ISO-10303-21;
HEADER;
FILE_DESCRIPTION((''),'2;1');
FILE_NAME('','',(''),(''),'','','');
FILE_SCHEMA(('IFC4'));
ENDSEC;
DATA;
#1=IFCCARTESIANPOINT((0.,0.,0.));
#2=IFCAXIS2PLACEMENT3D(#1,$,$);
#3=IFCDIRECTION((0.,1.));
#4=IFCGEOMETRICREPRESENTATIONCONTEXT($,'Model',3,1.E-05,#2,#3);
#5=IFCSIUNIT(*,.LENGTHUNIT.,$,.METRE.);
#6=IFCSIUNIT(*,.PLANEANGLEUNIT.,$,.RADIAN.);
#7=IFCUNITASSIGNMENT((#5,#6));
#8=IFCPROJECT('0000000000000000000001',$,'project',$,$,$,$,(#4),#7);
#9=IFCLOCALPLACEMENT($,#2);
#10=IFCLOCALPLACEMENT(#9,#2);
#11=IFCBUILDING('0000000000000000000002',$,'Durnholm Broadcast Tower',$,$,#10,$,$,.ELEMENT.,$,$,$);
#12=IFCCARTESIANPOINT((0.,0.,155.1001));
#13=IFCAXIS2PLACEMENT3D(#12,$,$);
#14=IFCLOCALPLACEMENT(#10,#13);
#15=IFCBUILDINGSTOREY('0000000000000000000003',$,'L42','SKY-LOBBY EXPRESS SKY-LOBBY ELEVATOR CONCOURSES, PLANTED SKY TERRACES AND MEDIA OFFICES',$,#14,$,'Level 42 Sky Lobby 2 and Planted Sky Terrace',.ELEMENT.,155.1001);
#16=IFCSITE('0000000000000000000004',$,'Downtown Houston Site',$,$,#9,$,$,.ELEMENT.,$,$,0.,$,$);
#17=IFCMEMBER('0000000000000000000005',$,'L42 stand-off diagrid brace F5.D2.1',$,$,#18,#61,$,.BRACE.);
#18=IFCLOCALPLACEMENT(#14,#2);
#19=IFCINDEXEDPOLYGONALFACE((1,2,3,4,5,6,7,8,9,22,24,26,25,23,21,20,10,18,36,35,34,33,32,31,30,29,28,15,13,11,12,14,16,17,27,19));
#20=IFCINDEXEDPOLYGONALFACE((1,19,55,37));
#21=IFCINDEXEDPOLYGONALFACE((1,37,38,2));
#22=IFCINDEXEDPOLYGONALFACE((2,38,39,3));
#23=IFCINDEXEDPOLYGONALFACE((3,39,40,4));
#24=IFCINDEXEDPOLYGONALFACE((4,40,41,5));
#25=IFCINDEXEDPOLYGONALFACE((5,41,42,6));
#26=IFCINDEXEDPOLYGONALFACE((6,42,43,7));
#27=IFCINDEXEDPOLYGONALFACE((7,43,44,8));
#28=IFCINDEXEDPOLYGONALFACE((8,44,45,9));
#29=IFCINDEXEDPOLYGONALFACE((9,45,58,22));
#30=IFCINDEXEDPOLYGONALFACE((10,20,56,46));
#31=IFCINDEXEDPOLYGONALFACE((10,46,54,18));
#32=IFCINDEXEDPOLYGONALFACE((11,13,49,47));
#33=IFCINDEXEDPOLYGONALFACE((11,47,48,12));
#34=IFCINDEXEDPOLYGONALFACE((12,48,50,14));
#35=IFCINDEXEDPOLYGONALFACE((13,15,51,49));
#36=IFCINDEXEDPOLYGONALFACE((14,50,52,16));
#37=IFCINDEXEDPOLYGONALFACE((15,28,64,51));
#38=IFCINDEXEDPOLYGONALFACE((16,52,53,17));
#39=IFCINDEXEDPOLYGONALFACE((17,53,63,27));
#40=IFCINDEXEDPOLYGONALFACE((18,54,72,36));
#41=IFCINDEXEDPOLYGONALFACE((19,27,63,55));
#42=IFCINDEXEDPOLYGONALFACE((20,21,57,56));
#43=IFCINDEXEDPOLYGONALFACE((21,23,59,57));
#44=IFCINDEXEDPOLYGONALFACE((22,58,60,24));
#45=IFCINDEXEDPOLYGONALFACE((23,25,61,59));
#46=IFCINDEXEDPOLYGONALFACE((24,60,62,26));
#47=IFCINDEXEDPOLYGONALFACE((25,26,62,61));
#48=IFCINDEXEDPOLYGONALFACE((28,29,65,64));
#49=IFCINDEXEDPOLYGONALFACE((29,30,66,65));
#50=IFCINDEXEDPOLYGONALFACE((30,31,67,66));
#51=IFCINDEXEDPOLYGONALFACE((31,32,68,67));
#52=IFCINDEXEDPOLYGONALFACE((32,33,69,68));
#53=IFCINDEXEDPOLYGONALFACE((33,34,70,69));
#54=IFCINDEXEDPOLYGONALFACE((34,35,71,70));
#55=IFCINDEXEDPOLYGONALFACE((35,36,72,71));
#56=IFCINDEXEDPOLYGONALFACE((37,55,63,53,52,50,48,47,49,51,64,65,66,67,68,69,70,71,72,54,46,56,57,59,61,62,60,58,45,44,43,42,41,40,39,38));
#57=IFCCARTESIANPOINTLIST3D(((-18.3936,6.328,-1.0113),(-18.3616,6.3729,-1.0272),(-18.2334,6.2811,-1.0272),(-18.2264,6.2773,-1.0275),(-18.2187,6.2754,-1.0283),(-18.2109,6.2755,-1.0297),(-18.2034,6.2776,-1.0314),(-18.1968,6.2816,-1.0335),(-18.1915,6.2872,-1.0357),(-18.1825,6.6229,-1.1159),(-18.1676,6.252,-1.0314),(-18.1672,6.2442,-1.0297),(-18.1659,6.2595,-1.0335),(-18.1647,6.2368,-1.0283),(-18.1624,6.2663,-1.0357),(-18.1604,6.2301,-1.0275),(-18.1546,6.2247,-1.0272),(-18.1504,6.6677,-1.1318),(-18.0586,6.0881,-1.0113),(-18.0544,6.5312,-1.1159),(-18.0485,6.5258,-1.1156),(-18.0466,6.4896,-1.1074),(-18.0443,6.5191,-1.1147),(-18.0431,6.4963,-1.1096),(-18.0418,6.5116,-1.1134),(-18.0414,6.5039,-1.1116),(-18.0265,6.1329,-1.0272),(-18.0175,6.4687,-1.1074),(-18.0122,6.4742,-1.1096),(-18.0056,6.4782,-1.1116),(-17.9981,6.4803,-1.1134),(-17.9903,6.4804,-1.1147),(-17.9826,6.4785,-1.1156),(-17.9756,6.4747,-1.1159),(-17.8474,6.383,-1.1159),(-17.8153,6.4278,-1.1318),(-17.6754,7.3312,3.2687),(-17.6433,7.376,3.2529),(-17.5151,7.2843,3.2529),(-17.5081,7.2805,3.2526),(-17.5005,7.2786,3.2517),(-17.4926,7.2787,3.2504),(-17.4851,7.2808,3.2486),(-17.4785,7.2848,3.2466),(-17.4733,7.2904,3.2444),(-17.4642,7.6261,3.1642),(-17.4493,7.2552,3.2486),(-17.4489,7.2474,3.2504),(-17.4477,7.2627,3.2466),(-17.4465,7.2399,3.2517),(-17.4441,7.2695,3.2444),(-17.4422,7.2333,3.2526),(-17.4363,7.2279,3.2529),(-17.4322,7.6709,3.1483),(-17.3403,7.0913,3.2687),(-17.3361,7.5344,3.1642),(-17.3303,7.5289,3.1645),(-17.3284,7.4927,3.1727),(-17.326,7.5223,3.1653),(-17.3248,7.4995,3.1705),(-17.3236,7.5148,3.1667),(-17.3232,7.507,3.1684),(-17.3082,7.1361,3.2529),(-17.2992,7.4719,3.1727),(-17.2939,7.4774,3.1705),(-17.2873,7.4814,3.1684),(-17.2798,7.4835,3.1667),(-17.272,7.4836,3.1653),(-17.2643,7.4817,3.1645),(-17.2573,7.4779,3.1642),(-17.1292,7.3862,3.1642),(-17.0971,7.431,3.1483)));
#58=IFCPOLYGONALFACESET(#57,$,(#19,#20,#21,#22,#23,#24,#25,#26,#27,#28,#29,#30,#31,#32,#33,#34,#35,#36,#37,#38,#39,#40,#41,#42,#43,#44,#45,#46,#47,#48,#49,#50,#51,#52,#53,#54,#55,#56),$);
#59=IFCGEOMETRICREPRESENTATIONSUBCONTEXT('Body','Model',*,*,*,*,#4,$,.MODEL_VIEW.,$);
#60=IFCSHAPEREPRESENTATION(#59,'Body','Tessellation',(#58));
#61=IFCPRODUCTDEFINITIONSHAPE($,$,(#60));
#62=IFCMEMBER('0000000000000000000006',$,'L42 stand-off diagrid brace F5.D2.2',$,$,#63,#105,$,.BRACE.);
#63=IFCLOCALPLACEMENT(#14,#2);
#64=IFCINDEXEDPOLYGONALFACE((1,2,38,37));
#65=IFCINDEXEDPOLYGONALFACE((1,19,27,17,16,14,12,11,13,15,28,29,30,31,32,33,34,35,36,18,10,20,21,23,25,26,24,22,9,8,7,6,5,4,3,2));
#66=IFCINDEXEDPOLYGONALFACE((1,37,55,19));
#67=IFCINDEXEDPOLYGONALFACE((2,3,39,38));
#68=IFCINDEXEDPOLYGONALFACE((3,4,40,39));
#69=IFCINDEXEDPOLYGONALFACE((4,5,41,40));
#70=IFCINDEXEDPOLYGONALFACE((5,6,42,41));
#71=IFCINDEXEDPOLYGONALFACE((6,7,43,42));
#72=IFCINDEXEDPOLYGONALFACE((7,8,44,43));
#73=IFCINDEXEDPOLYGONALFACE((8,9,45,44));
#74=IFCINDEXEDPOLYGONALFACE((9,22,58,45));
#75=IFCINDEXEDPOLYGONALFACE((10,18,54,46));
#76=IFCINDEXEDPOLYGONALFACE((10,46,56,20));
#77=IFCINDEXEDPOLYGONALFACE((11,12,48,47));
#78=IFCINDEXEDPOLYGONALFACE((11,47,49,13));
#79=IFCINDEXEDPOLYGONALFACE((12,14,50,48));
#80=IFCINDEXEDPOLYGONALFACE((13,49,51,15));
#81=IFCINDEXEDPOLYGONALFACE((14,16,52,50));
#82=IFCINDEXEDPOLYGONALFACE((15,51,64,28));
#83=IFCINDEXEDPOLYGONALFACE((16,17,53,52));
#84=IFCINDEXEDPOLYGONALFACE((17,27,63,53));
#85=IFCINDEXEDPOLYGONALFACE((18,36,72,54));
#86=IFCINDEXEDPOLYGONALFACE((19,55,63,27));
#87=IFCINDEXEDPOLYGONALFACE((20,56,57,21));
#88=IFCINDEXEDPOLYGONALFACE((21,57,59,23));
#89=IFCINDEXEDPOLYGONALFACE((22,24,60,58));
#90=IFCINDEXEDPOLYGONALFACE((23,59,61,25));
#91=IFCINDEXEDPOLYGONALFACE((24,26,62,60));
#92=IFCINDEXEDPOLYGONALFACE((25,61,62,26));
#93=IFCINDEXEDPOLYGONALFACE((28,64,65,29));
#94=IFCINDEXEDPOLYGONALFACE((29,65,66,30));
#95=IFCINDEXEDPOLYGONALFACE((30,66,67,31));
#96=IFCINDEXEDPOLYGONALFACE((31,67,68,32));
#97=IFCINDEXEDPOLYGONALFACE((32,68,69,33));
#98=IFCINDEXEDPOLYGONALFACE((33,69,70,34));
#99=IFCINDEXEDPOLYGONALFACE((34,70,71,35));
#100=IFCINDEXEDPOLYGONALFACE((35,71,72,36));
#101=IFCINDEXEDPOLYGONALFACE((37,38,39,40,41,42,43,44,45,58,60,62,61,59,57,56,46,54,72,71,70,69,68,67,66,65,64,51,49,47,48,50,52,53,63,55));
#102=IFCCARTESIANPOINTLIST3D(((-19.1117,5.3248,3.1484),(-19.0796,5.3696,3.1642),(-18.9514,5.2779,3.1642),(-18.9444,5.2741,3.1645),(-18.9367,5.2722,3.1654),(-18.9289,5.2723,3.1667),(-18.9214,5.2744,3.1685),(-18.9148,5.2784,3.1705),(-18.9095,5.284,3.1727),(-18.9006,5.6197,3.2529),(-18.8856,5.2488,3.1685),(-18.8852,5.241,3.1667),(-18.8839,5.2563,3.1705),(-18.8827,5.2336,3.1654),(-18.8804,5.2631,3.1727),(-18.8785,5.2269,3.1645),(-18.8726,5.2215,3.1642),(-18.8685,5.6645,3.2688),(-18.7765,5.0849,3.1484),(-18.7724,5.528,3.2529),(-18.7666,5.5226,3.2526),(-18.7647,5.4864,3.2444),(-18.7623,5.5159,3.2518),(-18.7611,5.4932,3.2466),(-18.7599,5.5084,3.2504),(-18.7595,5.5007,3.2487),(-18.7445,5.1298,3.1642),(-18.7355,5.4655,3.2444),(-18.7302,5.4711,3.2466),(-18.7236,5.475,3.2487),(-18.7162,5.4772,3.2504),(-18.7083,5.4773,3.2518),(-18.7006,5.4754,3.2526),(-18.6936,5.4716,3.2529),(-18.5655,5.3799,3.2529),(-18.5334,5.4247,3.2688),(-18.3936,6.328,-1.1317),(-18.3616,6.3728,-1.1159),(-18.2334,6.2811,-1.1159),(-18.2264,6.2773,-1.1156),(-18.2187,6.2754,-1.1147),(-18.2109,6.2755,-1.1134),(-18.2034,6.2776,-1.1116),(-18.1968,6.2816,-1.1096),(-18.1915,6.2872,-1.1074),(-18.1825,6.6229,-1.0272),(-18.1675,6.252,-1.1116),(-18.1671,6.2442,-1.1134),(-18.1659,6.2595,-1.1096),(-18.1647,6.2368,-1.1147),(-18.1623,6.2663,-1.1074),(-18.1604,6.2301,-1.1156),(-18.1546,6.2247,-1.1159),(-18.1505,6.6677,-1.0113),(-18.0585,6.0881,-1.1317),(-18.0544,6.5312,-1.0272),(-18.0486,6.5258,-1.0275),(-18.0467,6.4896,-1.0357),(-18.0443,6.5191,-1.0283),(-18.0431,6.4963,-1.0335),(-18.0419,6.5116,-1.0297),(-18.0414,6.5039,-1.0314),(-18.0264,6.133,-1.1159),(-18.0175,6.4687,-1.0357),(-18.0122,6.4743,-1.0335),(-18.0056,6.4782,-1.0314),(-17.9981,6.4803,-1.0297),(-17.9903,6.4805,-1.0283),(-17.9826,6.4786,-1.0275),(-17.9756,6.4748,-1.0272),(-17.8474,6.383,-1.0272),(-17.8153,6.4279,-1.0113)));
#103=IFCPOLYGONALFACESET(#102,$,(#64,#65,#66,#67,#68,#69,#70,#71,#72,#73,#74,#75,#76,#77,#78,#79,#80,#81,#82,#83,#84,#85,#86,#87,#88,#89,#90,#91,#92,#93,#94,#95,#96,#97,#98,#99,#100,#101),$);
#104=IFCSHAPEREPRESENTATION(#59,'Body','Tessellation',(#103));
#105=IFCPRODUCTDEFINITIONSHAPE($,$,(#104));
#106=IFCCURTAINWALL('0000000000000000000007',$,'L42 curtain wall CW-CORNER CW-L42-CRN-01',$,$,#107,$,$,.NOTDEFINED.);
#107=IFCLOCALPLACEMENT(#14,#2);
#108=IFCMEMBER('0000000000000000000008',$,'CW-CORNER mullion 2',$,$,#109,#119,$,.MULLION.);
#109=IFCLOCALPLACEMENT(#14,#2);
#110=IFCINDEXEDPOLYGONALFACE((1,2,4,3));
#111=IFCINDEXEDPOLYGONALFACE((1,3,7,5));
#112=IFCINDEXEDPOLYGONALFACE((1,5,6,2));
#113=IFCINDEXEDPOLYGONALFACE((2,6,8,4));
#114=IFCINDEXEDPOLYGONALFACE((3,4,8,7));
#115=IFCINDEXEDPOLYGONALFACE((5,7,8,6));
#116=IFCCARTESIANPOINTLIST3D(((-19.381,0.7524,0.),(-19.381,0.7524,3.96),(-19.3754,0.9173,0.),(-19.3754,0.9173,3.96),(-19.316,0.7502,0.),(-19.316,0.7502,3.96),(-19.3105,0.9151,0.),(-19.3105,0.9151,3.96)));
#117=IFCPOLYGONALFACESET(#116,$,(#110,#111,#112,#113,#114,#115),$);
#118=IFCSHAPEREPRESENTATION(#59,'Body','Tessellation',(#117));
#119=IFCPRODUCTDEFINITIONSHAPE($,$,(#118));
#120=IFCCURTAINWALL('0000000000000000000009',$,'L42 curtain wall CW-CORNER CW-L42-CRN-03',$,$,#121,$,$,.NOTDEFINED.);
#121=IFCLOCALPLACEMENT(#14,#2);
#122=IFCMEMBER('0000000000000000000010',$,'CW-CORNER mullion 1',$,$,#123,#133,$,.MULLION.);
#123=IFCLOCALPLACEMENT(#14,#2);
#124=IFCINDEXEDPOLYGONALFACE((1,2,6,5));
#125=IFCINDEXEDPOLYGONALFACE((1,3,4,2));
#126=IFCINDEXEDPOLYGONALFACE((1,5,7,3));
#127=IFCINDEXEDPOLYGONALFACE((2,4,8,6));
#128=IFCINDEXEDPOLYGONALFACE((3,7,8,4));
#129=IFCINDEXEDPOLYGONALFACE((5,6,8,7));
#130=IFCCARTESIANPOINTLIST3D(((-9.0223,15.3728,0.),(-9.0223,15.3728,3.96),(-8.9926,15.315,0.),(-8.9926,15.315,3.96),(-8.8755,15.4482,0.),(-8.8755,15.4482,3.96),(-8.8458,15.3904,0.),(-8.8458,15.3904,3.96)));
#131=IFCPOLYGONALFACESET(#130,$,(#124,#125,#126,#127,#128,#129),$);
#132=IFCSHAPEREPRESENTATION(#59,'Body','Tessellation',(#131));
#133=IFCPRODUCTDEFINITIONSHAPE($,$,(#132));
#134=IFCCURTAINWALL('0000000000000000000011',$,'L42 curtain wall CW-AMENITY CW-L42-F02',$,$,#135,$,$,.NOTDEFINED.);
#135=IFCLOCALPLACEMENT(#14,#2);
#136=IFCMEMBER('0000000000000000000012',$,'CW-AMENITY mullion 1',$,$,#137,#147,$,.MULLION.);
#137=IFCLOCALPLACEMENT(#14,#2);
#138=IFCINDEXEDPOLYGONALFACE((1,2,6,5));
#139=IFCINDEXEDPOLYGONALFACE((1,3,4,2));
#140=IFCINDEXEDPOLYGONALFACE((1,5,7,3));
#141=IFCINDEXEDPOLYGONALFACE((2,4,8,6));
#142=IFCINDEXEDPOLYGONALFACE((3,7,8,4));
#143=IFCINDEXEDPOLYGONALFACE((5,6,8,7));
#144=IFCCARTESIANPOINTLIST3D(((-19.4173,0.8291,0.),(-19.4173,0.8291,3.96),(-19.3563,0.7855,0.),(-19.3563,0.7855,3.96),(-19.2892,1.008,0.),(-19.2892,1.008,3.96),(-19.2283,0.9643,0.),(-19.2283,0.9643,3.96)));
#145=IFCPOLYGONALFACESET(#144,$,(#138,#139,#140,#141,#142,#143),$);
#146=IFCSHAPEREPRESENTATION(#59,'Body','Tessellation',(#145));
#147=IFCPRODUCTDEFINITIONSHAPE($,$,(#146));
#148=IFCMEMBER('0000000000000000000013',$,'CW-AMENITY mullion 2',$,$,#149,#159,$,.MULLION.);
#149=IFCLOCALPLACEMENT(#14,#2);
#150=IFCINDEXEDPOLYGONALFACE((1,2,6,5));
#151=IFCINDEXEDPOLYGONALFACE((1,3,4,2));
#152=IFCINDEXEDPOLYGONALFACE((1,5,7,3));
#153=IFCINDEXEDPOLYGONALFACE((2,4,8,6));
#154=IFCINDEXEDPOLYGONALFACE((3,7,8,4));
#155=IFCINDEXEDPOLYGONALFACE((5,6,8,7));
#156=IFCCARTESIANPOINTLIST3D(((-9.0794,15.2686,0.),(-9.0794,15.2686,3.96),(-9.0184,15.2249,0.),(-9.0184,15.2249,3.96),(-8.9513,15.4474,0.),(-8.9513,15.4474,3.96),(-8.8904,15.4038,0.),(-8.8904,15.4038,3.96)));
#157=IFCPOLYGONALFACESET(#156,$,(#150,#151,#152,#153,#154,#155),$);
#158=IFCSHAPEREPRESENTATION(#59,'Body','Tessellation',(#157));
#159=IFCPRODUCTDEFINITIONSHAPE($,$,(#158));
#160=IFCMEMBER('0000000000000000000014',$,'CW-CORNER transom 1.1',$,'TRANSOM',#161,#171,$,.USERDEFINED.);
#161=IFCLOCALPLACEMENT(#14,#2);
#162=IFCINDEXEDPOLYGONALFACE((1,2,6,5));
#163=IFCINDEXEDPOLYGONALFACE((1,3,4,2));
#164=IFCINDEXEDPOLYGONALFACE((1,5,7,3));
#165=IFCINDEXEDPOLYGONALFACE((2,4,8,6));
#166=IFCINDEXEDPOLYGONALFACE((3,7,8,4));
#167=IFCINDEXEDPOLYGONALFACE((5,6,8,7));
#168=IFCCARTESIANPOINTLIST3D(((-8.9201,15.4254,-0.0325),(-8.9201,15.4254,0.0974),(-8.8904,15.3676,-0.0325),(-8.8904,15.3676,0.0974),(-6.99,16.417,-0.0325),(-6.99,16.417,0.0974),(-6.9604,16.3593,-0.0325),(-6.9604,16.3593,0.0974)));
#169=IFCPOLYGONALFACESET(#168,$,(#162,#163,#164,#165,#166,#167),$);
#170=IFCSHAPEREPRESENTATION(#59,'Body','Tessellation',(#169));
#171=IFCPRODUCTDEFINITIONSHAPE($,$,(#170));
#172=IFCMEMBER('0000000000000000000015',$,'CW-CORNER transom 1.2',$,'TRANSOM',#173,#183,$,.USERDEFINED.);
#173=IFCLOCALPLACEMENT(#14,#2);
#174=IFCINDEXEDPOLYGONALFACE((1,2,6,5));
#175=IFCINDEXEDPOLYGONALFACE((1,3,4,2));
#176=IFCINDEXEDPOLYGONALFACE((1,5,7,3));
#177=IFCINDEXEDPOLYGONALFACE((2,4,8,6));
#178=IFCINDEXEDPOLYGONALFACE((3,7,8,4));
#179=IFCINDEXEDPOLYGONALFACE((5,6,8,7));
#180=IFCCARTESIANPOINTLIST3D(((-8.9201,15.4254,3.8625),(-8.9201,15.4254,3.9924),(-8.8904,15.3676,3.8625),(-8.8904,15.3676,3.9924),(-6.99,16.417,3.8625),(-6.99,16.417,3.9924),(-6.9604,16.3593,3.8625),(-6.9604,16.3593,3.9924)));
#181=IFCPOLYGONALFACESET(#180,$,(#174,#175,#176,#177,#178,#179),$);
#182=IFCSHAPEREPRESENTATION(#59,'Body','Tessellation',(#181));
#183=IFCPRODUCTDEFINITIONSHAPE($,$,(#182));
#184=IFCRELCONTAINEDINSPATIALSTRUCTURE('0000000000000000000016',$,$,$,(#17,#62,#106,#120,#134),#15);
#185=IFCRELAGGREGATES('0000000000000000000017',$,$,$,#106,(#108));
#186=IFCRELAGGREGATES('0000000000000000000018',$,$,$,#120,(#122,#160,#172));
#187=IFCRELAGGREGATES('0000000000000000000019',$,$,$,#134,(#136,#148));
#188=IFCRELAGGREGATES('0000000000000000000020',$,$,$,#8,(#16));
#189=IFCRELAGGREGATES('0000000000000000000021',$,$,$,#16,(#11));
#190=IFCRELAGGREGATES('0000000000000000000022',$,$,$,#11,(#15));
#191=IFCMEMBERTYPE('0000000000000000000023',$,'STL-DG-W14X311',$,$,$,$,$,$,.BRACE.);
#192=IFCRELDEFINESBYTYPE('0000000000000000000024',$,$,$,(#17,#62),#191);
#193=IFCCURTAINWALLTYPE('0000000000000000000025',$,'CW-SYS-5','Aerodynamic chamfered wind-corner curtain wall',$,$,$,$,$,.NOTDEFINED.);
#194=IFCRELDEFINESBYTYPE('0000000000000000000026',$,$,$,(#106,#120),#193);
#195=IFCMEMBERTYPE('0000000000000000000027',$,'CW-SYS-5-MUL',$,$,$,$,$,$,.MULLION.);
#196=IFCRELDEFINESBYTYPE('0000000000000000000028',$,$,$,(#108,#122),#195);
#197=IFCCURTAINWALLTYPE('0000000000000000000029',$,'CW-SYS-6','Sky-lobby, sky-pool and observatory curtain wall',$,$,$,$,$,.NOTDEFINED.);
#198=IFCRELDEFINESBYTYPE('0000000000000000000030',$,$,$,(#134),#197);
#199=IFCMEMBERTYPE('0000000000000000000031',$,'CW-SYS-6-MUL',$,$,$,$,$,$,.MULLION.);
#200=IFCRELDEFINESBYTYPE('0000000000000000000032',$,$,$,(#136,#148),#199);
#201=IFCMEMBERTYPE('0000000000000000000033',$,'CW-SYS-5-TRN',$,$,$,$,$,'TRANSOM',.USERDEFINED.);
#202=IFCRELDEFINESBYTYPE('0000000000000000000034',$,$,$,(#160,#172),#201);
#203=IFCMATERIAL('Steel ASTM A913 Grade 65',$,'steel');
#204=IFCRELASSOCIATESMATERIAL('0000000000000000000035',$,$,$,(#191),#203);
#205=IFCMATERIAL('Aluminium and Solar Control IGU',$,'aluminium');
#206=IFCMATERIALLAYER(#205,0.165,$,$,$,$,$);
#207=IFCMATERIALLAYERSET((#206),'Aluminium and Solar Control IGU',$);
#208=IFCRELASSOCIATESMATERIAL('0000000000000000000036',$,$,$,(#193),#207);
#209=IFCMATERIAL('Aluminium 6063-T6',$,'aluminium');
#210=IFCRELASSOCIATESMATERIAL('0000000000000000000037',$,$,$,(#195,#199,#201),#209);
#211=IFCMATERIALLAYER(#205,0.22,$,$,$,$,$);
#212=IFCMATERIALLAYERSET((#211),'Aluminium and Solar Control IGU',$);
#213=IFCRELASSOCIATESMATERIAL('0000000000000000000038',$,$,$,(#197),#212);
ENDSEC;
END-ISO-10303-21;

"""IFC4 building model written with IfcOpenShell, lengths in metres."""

from ifc_helpers import new_model, si_unit, direction, frame, origin, origin_2d, place, context, subcontext, project, spatial, rectangle, i_section, extrude, source, transform, mapped, material, layer, layer_set, material_profile, profile_set, type_object, type_shapes, element, aggregate, save


model = new_model("IFC4")

# Units and contexts
model_context = context("Model", 3, precision=1e-05, world=origin(), true_north=direction((0.0, 1.0)))
body_context = subcontext(model_context, "Body", "Model", "MODEL_VIEW")
ifc_project = project(units=[si_unit("LENGTHUNIT", "METRE"), si_unit("PLANEANGLEUNIT", "RADIAN")], contexts=[model_context])

# Site, building, storey
site_placement = place(None, origin())
site = spatial("IfcSite", under=ifc_project, at=site_placement, Name="Downtown Houston Site", CompositionType="ELEMENT", RefElevation=0.0)
building_placement = place(site_placement, origin())
building = spatial("IfcBuilding", under=site, at=building_placement, Name="Durnholm Broadcast Tower", CompositionType="ELEMENT")
storey_placement = place(building_placement, frame((0.0, 0.0, 155.1001)))
storey = spatial("IfcBuildingStorey", under=building, at=storey_placement, Name="L42", Description="SKY-LOBBY EXPRESS SKY-LOBBY ELEVATOR CONCOURSES, PLANTED SKY TERRACES AND MEDIA OFFICES", LongName="Level 42 Sky Lobby 2 and Planted Sky Terrace", CompositionType="ELEMENT", Elevation=155.1001)

# Members
ifc_material_1 = material(Name="Steel ASTM A913 Grade 65", Category="steel")
ifc_material_profile_1 = material_profile(ifc_material_1, i_section(OverallWidth=0.4121, OverallDepth=0.4348, WebThickness=0.0359, FlangeThickness=0.0574, FilletRadius=0.0305, at=origin_2d()), Name="W14X311")
ifc_profile_set_1 = profile_set([ifc_material_profile_1], Name="Steel ASTM A913 Grade 65")
member_type_1 = type_object("IfcMemberType", Name="STL-DG-W14X311", PredefinedType="BRACE", material=ifc_profile_set_1)
shared_shape_1 = source(origin(), body_context, "Body", "SweptSolid", [
    extrude(i_section(OverallWidth=0.4121, OverallDepth=0.4348, WebThickness=0.0359, FlangeThickness=0.0574, FilletRadius=0.0305, at=origin_2d()), origin(), (0.0, 0.0, 1.0), 4.4543),
])
type_shapes(member_type_1, [shared_shape_1])
for number, where, z_axis, x_axis, name in (
    (1, (-18.1045, 6.3779, -1.0715), (0.161251, 0.225214, 0.960873), (-0.813078, 0.582155, 0.0), "L42 stand-off diagrid brace F5.D2.1"),
    (2, (-18.1045, 6.3779, -1.0715), (-0.161197, -0.225216, 0.960881), (0.813171, -0.582024, 0.0), "L42 stand-off diagrid brace F5.D2.2"),
):
    element("IfcMember", number, at=place(storey_placement, frame(where, z_axis=z_axis, x_axis=x_axis)), inside=storey, type_object=member_type_1, Name=name, PredefinedType="BRACE", context=body_context, shape_type="MappedRepresentation", body=[
        mapped(shared_shape_1, transform((0.0, 0.0, 0.0), x_axis=(1.0, 0.0, 0.0), y_axis=(0.0, 1.0, 0.0), z_axis=(0.0, 0.0, 1.0), scale=1.0)),
    ])

# Curtain walls, members
ifc_material_2 = material(Name="Aluminium and Solar Control IGU", Category="aluminium")
ifc_layer_1 = layer(ifc_material_2, 0.165)
ifc_layer_set_1 = layer_set([ifc_layer_1], Name="Aluminium and Solar Control IGU")
curtain_wall_type_1 = type_object("IfcCurtainWallType", Name="CW-SYS-5", Description="Aerodynamic chamfered wind-corner curtain wall", PredefinedType="NOTDEFINED", material=ifc_layer_set_1)
curtain_wall_1_placement = place(storey_placement, origin())
curtain_wall_1 = element("IfcCurtainWall", 3, at=curtain_wall_1_placement, inside=storey, type_object=curtain_wall_type_1, Name="L42 curtain wall CW-CORNER CW-L42-CRN-01", PredefinedType="NOTDEFINED")
ifc_material_3 = material(Name="Aluminium 6063-T6", Category="aluminium")
ifc_material_profile_2 = material_profile(ifc_material_3, rectangle(XDim=0.0649, YDim=0.165, at=origin_2d()), Name="CWM65X165")
ifc_profile_set_2 = profile_set([ifc_material_profile_2], Name="Aluminium 6063-T6")
member_type_2 = type_object("IfcMemberType", Name="CW-SYS-5-MUL", PredefinedType="MULLION", material=ifc_profile_set_2)
shared_shape_2 = source(origin(), body_context, "Body", "SweptSolid", [
    extrude(rectangle(XDim=0.0649, YDim=0.165, at=origin_2d()), origin(), (0.0, 0.0, 1.0), 3.96),
])
type_shapes(member_type_2, [shared_shape_2])
member_1_placement = place(storey_placement, frame((-19.3457, 0.8337, 0.0), z_axis=(0.0, 0.0, 1.0), x_axis=(-0.999425, 0.033913, 0.0)))
member_1 = element("IfcMember", 4, at=member_1_placement, type_object=member_type_2, Name="CW-CORNER mullion 2", PredefinedType="MULLION", context=body_context, shape_type="MappedRepresentation", body=[
    mapped(shared_shape_2, transform((0.0, 0.0, 0.0), x_axis=(1.0, 0.0, 0.0), y_axis=(0.0, 1.0, 0.0), z_axis=(0.0, 0.0, 1.0), scale=1.0)),
])
aggregate(curtain_wall_1, [member_1])
curtain_wall_2_placement = place(storey_placement, origin())
curtain_wall_2 = element("IfcCurtainWall", 5, at=curtain_wall_2_placement, inside=storey, type_object=curtain_wall_type_1, Name="L42 curtain wall CW-CORNER CW-L42-CRN-03", PredefinedType="NOTDEFINED")
member_2_placement = place(storey_placement, frame((-8.9341, 15.3816, 0.0), z_axis=(0.0, 0.0, 1.0), x_axis=(-0.457082, 0.889425, 0.0)))
member_2 = element("IfcMember", 6, at=member_2_placement, type_object=member_type_2, Name="CW-CORNER mullion 1", PredefinedType="MULLION", context=body_context, shape_type="MappedRepresentation", body=[
    mapped(shared_shape_2, transform((0.0, 0.0, 0.0), x_axis=(1.0, 0.0, 0.0), y_axis=(0.0, 1.0, 0.0), z_axis=(0.0, 0.0, 1.0), scale=1.0)),
])

# Curtain wall, members
ifc_layer_2 = layer(ifc_material_2, 0.22)
ifc_layer_set_2 = layer_set([ifc_layer_2], Name="Aluminium and Solar Control IGU")
curtain_wall_type_2 = type_object("IfcCurtainWallType", Name="CW-SYS-6", Description="Sky-lobby, sky-pool and observatory curtain wall", PredefinedType="NOTDEFINED", material=ifc_layer_set_2)
curtain_wall_3_placement = place(storey_placement, origin())
curtain_wall_3 = element("IfcCurtainWall", 7, at=curtain_wall_3_placement, inside=storey, type_object=curtain_wall_type_2, Name="L42 curtain wall CW-AMENITY CW-L42-F02", PredefinedType="NOTDEFINED")
ifc_material_profile_3 = material_profile(ifc_material_3, rectangle(XDim=0.075, YDim=0.22, at=origin_2d()), Name="CWM75X220")
ifc_profile_set_3 = profile_set([ifc_material_profile_3], Name="Aluminium 6063-T6")
member_type_3 = type_object("IfcMemberType", Name="CW-SYS-6-MUL", PredefinedType="MULLION", material=ifc_profile_set_3)
shared_shape_3 = source(origin(), body_context, "Body", "SweptSolid", [
    extrude(rectangle(XDim=0.075, YDim=0.22, at=origin_2d()), origin(), (0.0, 0.0, 1.0), 3.96),
])
type_shapes(member_type_3, [shared_shape_3])
member_3_placement = place(storey_placement, frame((-19.3228, 0.8967, 0.0), z_axis=(0.0, 0.0, 1.0), x_axis=(-0.813089, 0.582139, 0.0)))
member_3 = element("IfcMember", 8, at=member_3_placement, type_object=member_type_3, Name="CW-AMENITY mullion 1", PredefinedType="MULLION", context=body_context, shape_type="MappedRepresentation", body=[
    mapped(shared_shape_3, transform((0.0, 0.0, 0.0), x_axis=(1.0, 0.0, 0.0), y_axis=(0.0, 1.0, 0.0), z_axis=(0.0, 0.0, 1.0), scale=1.0)),
])
member_4_placement = place(storey_placement, frame((-8.9849, 15.3362, 0.0), z_axis=(0.0, 0.0, 1.0), x_axis=(-0.813089, 0.582139, 0.0)))
member_4 = element("IfcMember", 9, at=member_4_placement, type_object=member_type_3, Name="CW-AMENITY mullion 2", PredefinedType="MULLION", context=body_context, shape_type="MappedRepresentation", body=[
    mapped(shared_shape_3, transform((0.0, 0.0, 0.0), x_axis=(1.0, 0.0, 0.0), y_axis=(0.0, 1.0, 0.0), z_axis=(0.0, 0.0, 1.0), scale=1.0)),
])

# Members
ifc_material_profile_4 = material_profile(ifc_material_3, rectangle(XDim=0.0649, YDim=0.1299, at=origin_2d()), Name="CWT65X130")
ifc_profile_set_4 = profile_set([ifc_material_profile_4], Name="Aluminium 6063-T6")
member_type_4 = type_object("IfcMemberType", Name="CW-SYS-5-TRN", ElementType="TRANSOM", PredefinedType="USERDEFINED", material=ifc_profile_set_4)
shared_shape_4 = source(origin(), body_context, "Body", "SweptSolid", [
    extrude(rectangle(XDim=0.0649, YDim=0.1299, at=origin_2d()), origin(), (0.0, 0.0, 1.0), 2.1699),
])
type_shapes(member_type_4, [shared_shape_4])
member_5_placement = place(storey_placement, frame((-8.9053, 15.3965, 0.0325), z_axis=(0.889468, 0.456997, 0.0), x_axis=(-0.456997, 0.889468, 0.0)))
member_5 = element("IfcMember", 10, at=member_5_placement, type_object=member_type_4, Name="CW-CORNER transom 1.1", ObjectType="TRANSOM", PredefinedType="USERDEFINED", context=body_context, shape_type="MappedRepresentation", body=[
    mapped(shared_shape_4, transform((0.0, 0.0, 0.0), x_axis=(1.0, 0.0, 0.0), y_axis=(0.0, 1.0, 0.0), z_axis=(0.0, 0.0, 1.0), scale=1.0)),
])
member_6_placement = place(storey_placement, frame((-8.9053, 15.3965, 3.9275), z_axis=(0.889468, 0.456997, 0.0), x_axis=(-0.456997, 0.889468, 0.0)))
member_6 = element("IfcMember", 11, at=member_6_placement, type_object=member_type_4, Name="CW-CORNER transom 1.2", ObjectType="TRANSOM", PredefinedType="USERDEFINED", context=body_context, shape_type="MappedRepresentation", body=[
    mapped(shared_shape_4, transform((0.0, 0.0, 0.0), x_axis=(1.0, 0.0, 0.0), y_axis=(0.0, 1.0, 0.0), z_axis=(0.0, 0.0, 1.0), scale=1.0)),
])

aggregate(curtain_wall_2, [member_2, member_5, member_6])
aggregate(curtain_wall_3, [member_3, member_4])

save(model, "model.ifc")
